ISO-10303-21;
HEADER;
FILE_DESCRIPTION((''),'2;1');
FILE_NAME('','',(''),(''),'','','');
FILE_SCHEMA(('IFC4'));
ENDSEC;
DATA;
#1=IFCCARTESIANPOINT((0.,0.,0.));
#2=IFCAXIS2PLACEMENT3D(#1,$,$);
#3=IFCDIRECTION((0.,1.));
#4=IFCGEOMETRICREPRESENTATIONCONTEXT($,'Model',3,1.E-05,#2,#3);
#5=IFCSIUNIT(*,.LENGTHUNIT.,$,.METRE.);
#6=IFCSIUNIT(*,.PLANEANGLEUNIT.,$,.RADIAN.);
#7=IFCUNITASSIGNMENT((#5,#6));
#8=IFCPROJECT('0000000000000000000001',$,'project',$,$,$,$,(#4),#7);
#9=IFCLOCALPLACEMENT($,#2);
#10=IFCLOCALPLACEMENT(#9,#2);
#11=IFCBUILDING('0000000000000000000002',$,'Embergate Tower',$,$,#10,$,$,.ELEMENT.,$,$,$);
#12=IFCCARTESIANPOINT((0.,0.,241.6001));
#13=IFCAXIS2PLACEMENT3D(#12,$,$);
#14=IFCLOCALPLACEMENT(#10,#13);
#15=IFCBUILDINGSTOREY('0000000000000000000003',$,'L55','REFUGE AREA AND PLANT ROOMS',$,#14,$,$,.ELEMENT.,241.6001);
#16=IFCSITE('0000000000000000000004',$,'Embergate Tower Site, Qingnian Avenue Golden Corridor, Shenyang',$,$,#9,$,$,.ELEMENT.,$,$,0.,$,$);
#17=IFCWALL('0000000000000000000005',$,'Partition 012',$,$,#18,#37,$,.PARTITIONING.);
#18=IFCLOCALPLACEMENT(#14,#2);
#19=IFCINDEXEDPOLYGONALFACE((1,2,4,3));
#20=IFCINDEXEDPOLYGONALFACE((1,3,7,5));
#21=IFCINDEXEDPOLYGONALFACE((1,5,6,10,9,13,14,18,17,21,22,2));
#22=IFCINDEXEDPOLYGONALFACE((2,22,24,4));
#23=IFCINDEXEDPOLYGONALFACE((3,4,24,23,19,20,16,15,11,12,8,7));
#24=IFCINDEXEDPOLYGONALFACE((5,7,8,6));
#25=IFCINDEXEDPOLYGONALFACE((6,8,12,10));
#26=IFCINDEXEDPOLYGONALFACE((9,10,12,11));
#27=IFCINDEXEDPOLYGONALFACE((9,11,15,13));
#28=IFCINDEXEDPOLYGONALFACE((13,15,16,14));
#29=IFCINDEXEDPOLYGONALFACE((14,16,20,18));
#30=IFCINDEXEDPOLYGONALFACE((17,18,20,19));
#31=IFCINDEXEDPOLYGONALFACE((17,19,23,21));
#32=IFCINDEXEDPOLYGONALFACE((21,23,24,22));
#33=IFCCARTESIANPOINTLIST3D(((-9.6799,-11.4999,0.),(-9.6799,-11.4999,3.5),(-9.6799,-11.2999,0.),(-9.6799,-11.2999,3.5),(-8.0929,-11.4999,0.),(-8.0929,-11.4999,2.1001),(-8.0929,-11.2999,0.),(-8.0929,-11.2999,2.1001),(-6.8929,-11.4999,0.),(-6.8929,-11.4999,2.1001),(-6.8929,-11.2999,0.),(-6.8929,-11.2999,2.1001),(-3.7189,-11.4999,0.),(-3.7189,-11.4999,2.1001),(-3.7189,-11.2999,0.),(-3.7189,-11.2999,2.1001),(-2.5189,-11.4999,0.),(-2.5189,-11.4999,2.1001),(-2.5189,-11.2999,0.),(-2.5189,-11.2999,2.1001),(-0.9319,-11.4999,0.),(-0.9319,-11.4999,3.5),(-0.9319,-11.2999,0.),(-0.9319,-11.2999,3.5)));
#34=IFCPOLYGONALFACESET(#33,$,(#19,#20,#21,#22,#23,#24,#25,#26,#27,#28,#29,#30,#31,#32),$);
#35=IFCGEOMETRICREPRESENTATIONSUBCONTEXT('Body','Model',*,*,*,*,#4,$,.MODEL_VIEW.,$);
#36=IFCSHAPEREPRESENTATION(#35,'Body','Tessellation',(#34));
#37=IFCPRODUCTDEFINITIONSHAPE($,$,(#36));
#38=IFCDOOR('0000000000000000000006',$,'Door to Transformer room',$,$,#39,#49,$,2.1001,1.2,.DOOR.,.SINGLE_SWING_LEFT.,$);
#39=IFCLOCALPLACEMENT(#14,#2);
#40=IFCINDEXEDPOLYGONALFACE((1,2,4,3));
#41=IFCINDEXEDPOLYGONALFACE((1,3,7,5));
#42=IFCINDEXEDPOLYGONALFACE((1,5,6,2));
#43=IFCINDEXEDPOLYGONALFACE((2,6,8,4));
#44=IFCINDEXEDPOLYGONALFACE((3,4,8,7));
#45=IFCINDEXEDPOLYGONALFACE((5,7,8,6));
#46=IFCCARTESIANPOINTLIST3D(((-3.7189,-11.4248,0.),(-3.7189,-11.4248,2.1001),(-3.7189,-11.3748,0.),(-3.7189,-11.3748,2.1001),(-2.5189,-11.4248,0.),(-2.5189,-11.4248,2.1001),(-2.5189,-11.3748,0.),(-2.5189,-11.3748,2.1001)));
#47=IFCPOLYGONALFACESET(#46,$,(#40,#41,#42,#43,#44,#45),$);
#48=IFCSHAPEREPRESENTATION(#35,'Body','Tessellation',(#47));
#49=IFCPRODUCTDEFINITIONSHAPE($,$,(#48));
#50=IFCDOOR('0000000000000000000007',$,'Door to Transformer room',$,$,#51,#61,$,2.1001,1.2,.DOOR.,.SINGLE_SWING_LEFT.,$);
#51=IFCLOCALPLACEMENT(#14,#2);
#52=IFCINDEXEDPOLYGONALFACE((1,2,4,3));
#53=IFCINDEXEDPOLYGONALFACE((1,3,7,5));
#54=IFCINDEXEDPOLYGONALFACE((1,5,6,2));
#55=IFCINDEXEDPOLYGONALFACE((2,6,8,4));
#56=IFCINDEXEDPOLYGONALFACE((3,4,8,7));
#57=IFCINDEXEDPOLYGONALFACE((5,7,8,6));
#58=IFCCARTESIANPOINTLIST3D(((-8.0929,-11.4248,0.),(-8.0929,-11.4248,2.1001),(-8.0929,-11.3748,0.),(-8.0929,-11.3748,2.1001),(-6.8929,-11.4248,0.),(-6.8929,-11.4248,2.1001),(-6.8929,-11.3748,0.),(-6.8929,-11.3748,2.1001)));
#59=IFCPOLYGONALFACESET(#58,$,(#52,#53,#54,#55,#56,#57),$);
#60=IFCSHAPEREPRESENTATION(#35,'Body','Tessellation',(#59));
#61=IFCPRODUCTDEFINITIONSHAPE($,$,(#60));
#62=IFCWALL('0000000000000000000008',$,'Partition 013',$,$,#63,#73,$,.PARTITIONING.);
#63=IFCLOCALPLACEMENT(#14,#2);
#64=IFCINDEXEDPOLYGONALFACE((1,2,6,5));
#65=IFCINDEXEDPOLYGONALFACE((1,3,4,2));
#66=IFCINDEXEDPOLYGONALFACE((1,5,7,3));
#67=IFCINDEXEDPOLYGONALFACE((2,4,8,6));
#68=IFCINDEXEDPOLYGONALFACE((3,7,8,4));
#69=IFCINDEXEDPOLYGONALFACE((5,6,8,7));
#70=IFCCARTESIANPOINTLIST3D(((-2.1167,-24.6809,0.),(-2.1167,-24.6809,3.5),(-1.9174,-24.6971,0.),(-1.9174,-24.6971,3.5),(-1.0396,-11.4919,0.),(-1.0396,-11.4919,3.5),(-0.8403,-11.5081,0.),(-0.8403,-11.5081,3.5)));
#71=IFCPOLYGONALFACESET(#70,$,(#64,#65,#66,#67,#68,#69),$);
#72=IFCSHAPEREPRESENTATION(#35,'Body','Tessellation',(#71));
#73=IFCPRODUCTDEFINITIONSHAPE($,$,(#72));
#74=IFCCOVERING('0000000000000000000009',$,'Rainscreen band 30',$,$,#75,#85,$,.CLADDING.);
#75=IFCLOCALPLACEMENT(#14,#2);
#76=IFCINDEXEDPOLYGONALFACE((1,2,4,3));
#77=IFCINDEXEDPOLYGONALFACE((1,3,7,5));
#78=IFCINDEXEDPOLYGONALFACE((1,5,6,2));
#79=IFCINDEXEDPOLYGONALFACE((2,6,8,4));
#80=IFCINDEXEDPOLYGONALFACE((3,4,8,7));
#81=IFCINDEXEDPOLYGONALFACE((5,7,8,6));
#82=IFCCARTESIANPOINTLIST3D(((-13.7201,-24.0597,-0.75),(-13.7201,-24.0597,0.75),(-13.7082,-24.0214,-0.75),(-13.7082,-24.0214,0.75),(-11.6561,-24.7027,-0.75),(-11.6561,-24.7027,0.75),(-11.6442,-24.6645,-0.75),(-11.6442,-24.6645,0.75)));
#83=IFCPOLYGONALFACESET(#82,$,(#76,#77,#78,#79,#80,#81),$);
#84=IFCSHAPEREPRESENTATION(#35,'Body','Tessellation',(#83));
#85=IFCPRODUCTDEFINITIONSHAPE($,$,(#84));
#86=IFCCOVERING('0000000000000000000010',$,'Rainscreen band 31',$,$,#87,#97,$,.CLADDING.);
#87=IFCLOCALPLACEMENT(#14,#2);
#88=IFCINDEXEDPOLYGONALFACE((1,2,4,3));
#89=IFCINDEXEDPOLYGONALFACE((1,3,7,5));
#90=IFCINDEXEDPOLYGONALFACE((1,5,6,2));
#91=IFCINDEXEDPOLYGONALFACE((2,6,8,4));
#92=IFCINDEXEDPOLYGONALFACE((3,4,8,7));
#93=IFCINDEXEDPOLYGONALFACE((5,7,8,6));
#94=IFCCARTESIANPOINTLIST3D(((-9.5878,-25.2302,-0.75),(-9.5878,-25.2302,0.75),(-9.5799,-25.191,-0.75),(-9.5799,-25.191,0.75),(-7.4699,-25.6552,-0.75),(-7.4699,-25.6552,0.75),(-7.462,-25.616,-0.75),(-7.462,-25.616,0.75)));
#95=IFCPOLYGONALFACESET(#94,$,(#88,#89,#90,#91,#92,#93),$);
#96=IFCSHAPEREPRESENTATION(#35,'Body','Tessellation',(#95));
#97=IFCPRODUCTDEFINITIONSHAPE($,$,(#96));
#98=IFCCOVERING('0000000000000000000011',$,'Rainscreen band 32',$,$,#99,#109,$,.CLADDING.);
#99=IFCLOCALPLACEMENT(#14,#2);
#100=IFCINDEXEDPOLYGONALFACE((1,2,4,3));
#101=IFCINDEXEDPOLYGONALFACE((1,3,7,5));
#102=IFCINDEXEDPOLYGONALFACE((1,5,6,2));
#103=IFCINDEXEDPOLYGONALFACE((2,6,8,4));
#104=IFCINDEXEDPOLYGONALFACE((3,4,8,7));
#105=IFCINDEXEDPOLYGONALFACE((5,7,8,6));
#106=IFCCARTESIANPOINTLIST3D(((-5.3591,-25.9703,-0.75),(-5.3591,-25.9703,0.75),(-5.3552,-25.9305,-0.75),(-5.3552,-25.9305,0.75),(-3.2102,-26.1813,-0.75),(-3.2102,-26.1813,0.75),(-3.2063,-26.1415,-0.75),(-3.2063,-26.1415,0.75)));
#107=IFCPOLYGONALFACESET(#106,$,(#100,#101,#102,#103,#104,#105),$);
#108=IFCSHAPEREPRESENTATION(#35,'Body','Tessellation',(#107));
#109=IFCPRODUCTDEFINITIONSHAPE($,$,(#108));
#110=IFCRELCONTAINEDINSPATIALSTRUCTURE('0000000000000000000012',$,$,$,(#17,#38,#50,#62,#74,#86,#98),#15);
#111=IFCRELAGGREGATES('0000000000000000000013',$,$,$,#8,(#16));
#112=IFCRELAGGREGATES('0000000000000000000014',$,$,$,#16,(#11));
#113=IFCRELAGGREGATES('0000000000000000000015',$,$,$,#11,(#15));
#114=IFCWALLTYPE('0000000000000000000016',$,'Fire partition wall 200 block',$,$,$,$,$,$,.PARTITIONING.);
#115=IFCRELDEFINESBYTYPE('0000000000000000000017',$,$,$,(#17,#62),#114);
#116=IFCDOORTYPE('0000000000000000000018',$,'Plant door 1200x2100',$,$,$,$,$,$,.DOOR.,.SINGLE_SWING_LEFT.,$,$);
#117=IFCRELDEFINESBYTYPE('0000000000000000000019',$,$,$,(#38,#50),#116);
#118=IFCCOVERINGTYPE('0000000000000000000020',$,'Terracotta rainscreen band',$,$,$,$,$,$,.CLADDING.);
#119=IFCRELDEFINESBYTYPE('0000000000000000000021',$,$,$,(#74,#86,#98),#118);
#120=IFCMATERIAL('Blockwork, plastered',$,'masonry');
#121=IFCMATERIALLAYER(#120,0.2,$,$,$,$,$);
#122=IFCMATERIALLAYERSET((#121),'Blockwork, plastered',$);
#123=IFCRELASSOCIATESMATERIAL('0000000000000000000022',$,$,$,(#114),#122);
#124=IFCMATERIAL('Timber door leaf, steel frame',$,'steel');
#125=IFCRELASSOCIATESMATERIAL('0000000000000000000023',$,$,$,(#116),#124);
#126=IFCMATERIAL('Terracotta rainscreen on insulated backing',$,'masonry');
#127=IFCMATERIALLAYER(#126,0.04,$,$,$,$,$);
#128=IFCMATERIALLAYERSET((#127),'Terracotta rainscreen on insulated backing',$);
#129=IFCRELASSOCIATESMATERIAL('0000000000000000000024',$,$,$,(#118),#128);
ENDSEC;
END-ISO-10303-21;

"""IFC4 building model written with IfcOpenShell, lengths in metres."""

from ifc_helpers import new_model, si_unit, direction, frame, frame_2d, origin, origin_2d, place, context, subcontext, project, spatial, rectangle, extrude, source, transform, mapped, material, layer, layer_set, type_object, element, fill, save


model = new_model("IFC4")

# Units and contexts
model_context = context("Model", 3, precision=1e-05, world=origin(), true_north=direction((0.0, 1.0)))
body_context = subcontext(model_context, "Body", "Model", "MODEL_VIEW")
ifc_project = project(units=[si_unit("LENGTHUNIT", "METRE"), si_unit("PLANEANGLEUNIT", "RADIAN")], contexts=[model_context])

# Site, building, storey
site_placement = place(None, origin())
site = spatial("IfcSite", under=ifc_project, at=site_placement, Name="Embergate Tower Site, Qingnian Avenue Golden Corridor, Shenyang", CompositionType="ELEMENT", RefElevation=0.0)
building_placement = place(site_placement, origin())
building = spatial("IfcBuilding", under=site, at=building_placement, Name="Embergate Tower", CompositionType="ELEMENT")
storey_placement = place(building_placement, frame((0.0, 0.0, 241.6001)))
storey = spatial("IfcBuildingStorey", under=building, at=storey_placement, Name="L55", Description="REFUGE AREA AND PLANT ROOMS", CompositionType="ELEMENT", Elevation=241.6001)

# Shared definitions
ifc_material_1 = material(Name="Blockwork, plastered", Category="masonry")
ifc_layer_1 = layer(ifc_material_1, 0.2)
ifc_layer_set_1 = layer_set([ifc_layer_1], Name="Blockwork, plastered")
wall_type_1 = type_object("IfcWallType", Name="Fire partition wall 200 block", PredefinedType="PARTITIONING", material=ifc_layer_set_1)
ifc_material_2 = material(Name="Timber door leaf, steel frame", Category="steel")

# Wall, openings, doors
shared_shape_1 = source(origin(), body_context, "Body", "SweptSolid", [
    extrude(rectangle(XDim=8.748, YDim=0.2, at=frame_2d((4.374, 0.0))), origin(), (0.0, 0.0, 1.0), 3.5),
])
wall_1_placement = place(storey_placement, frame((-0.9319, -11.3999, 0.0), z_axis=(0.0, 0.0, 1.0), x_axis=(-1.0, 0.0, 0.0)))
wall_1 = element("IfcWall", 1, at=wall_1_placement, inside=storey, type_object=wall_type_1, Name="Partition 012", PredefinedType="PARTITIONING", context=body_context, shape_type="MappedRepresentation", body=[
    mapped(shared_shape_1, transform((0.0, 0.0, 0.0))),
])
shared_shape_2 = source(origin(), body_context, "Body", "SweptSolid", [
    extrude(rectangle(XDim=1.2, YDim=2.1001, at=frame_2d((0.6001, 1.05))), frame((0.0, 0.1099, 0.0), z_axis=(0.0, -1.0, 0.0), x_axis=(1.0, 0.0, 0.0)), (0.0, 0.0, 1.0), 0.22),
])
opening_1_placement = place(wall_1_placement, frame((1.5869, 0.0, 0.0)))
opening_1 = element("IfcOpeningElement", 2, at=opening_1_placement, cuts=wall_1, PredefinedType="OPENING", context=body_context, shape_type="MappedRepresentation", body=[
    mapped(shared_shape_2, transform((0.0, 0.0, 0.0))),
])
opening_2_placement = place(wall_1_placement, frame((5.9609, 0.0, 0.0)))
opening_2 = element("IfcOpeningElement", 3, at=opening_2_placement, cuts=wall_1, PredefinedType="OPENING", context=body_context, shape_type="MappedRepresentation", body=[
    mapped(shared_shape_2, transform((0.0, 0.0, 0.0))),
])
door_type_1 = type_object("IfcDoorType", Name="Plant door 1200x2100", OperationType="SINGLE_SWING_LEFT", PredefinedType="DOOR", material=ifc_material_2)
shared_shape_3 = source(origin(), body_context, "Body", "SweptSolid", [
    extrude(rectangle(XDim=1.2, YDim=2.1001, at=frame_2d((0.6001, 1.05))), frame((0.0, 0.0249, 0.0), z_axis=(0.0, -1.0, 0.0), x_axis=(1.0, 0.0, 0.0)), (0.0, 0.0, 1.0), 0.05),
])
door_1_placement = place(opening_1_placement, origin())
door_1 = element("IfcDoor", 4, at=door_1_placement, inside=storey, type_object=door_type_1, Name="Door to Transformer room", OperationType="SINGLE_SWING_LEFT", OverallHeight=2.1001, OverallWidth=1.2, PredefinedType="DOOR", context=body_context, shape_type="MappedRepresentation", body=[
    mapped(shared_shape_3, transform((0.0, 0.0, 0.0))),
])
fill(opening_1, door_1)
door_2_placement = place(opening_2_placement, origin())
door_2 = element("IfcDoor", 5, at=door_2_placement, inside=storey, type_object=door_type_1, Name="Door to Transformer room", OperationType="SINGLE_SWING_LEFT", OverallHeight=2.1001, OverallWidth=1.2, PredefinedType="DOOR", context=body_context, shape_type="MappedRepresentation", body=[
    mapped(shared_shape_3, transform((0.0, 0.0, 0.0))),
])
fill(opening_2, door_2)

# Wall
shared_shape_4 = source(origin(), body_context, "Body", "SweptSolid", [
    extrude(rectangle(XDim=13.2329, YDim=0.2, at=frame_2d((6.6165, 0.0))), origin(), (0.0, 0.0, 1.0), 3.5),
])
wall_2_placement = place(storey_placement, frame((-0.9399, -11.5, 0.0), z_axis=(0.0, 0.0, 1.0), x_axis=(-0.081399, -0.996682, 0.0)))
element("IfcWall", 6, at=wall_2_placement, inside=storey, type_object=wall_type_1, Name="Partition 013", PredefinedType="PARTITIONING", context=body_context, shape_type="MappedRepresentation", body=[
    mapped(shared_shape_4, transform((0.0, 0.0, 0.0))),
])

# Coverings
ifc_material_3 = material(Name="Terracotta rainscreen on insulated backing", Category="masonry")
ifc_layer_2 = layer(ifc_material_3, 0.04)
ifc_layer_set_2 = layer_set([ifc_layer_2], Name="Terracotta rainscreen on insulated backing")
covering_type = type_object("IfcCoveringType", Name="Terracotta rainscreen band", PredefinedType="CLADDING", material=ifc_layer_set_2)
shared_shape_5 = source(origin(), body_context, "Body", "SweptSolid", [
    extrude(rectangle(XDim=2.1619, YDim=0.04, at=origin_2d()), origin(), (0.0, 0.0, 1.0), 1.5),
])
covering_1_placement = place(storey_placement, frame((-12.6821, -24.3621, -0.75), z_axis=(0.0, 0.0, 1.0), x_axis=(0.954743, -0.297432, 0.0)))
element("IfcCovering", 7, at=covering_1_placement, inside=storey, type_object=covering_type, Name="Rainscreen band 30", PredefinedType="CLADDING", context=body_context, shape_type="MappedRepresentation", body=[
    mapped(shared_shape_5, transform((0.0, 0.0, 0.0))),
])
shared_shape_6 = source(origin(), body_context, "Body", "SweptSolid", [
    extrude(rectangle(XDim=2.1602, YDim=0.04, at=origin_2d()), origin(), (0.0, 0.0, 1.0), 1.5),
])
covering_2_placement = place(storey_placement, frame((-8.5249, -25.4231, -0.75), z_axis=(0.0, 0.0, 1.0), x_axis=(0.980456, -0.196739, 0.0)))
element("IfcCovering", 8, at=covering_2_placement, inside=storey, type_object=covering_type, Name="Rainscreen band 31", PredefinedType="CLADDING", context=body_context, shape_type="MappedRepresentation", body=[
    mapped(shared_shape_6, transform((0.0, 0.0, 0.0))),
])
shared_shape_7 = source(origin(), body_context, "Body", "SweptSolid", [
    extrude(rectangle(XDim=2.1592, YDim=0.04, at=origin_2d()), origin(), (0.0, 0.0, 1.0), 1.5),
])
covering_3_placement = place(storey_placement, frame((-4.2827, -26.0559, -0.75), z_axis=(0.0, 0.0, 1.0), x_axis=(0.995214, -0.097715, 0.0)))
element("IfcCovering", 9, at=covering_3_placement, inside=storey, type_object=covering_type, Name="Rainscreen band 32", PredefinedType="CLADDING", context=body_context, shape_type="MappedRepresentation", body=[
    mapped(shared_shape_7, transform((0.0, 0.0, 0.0))),
])

save(model, "model.ifc")
